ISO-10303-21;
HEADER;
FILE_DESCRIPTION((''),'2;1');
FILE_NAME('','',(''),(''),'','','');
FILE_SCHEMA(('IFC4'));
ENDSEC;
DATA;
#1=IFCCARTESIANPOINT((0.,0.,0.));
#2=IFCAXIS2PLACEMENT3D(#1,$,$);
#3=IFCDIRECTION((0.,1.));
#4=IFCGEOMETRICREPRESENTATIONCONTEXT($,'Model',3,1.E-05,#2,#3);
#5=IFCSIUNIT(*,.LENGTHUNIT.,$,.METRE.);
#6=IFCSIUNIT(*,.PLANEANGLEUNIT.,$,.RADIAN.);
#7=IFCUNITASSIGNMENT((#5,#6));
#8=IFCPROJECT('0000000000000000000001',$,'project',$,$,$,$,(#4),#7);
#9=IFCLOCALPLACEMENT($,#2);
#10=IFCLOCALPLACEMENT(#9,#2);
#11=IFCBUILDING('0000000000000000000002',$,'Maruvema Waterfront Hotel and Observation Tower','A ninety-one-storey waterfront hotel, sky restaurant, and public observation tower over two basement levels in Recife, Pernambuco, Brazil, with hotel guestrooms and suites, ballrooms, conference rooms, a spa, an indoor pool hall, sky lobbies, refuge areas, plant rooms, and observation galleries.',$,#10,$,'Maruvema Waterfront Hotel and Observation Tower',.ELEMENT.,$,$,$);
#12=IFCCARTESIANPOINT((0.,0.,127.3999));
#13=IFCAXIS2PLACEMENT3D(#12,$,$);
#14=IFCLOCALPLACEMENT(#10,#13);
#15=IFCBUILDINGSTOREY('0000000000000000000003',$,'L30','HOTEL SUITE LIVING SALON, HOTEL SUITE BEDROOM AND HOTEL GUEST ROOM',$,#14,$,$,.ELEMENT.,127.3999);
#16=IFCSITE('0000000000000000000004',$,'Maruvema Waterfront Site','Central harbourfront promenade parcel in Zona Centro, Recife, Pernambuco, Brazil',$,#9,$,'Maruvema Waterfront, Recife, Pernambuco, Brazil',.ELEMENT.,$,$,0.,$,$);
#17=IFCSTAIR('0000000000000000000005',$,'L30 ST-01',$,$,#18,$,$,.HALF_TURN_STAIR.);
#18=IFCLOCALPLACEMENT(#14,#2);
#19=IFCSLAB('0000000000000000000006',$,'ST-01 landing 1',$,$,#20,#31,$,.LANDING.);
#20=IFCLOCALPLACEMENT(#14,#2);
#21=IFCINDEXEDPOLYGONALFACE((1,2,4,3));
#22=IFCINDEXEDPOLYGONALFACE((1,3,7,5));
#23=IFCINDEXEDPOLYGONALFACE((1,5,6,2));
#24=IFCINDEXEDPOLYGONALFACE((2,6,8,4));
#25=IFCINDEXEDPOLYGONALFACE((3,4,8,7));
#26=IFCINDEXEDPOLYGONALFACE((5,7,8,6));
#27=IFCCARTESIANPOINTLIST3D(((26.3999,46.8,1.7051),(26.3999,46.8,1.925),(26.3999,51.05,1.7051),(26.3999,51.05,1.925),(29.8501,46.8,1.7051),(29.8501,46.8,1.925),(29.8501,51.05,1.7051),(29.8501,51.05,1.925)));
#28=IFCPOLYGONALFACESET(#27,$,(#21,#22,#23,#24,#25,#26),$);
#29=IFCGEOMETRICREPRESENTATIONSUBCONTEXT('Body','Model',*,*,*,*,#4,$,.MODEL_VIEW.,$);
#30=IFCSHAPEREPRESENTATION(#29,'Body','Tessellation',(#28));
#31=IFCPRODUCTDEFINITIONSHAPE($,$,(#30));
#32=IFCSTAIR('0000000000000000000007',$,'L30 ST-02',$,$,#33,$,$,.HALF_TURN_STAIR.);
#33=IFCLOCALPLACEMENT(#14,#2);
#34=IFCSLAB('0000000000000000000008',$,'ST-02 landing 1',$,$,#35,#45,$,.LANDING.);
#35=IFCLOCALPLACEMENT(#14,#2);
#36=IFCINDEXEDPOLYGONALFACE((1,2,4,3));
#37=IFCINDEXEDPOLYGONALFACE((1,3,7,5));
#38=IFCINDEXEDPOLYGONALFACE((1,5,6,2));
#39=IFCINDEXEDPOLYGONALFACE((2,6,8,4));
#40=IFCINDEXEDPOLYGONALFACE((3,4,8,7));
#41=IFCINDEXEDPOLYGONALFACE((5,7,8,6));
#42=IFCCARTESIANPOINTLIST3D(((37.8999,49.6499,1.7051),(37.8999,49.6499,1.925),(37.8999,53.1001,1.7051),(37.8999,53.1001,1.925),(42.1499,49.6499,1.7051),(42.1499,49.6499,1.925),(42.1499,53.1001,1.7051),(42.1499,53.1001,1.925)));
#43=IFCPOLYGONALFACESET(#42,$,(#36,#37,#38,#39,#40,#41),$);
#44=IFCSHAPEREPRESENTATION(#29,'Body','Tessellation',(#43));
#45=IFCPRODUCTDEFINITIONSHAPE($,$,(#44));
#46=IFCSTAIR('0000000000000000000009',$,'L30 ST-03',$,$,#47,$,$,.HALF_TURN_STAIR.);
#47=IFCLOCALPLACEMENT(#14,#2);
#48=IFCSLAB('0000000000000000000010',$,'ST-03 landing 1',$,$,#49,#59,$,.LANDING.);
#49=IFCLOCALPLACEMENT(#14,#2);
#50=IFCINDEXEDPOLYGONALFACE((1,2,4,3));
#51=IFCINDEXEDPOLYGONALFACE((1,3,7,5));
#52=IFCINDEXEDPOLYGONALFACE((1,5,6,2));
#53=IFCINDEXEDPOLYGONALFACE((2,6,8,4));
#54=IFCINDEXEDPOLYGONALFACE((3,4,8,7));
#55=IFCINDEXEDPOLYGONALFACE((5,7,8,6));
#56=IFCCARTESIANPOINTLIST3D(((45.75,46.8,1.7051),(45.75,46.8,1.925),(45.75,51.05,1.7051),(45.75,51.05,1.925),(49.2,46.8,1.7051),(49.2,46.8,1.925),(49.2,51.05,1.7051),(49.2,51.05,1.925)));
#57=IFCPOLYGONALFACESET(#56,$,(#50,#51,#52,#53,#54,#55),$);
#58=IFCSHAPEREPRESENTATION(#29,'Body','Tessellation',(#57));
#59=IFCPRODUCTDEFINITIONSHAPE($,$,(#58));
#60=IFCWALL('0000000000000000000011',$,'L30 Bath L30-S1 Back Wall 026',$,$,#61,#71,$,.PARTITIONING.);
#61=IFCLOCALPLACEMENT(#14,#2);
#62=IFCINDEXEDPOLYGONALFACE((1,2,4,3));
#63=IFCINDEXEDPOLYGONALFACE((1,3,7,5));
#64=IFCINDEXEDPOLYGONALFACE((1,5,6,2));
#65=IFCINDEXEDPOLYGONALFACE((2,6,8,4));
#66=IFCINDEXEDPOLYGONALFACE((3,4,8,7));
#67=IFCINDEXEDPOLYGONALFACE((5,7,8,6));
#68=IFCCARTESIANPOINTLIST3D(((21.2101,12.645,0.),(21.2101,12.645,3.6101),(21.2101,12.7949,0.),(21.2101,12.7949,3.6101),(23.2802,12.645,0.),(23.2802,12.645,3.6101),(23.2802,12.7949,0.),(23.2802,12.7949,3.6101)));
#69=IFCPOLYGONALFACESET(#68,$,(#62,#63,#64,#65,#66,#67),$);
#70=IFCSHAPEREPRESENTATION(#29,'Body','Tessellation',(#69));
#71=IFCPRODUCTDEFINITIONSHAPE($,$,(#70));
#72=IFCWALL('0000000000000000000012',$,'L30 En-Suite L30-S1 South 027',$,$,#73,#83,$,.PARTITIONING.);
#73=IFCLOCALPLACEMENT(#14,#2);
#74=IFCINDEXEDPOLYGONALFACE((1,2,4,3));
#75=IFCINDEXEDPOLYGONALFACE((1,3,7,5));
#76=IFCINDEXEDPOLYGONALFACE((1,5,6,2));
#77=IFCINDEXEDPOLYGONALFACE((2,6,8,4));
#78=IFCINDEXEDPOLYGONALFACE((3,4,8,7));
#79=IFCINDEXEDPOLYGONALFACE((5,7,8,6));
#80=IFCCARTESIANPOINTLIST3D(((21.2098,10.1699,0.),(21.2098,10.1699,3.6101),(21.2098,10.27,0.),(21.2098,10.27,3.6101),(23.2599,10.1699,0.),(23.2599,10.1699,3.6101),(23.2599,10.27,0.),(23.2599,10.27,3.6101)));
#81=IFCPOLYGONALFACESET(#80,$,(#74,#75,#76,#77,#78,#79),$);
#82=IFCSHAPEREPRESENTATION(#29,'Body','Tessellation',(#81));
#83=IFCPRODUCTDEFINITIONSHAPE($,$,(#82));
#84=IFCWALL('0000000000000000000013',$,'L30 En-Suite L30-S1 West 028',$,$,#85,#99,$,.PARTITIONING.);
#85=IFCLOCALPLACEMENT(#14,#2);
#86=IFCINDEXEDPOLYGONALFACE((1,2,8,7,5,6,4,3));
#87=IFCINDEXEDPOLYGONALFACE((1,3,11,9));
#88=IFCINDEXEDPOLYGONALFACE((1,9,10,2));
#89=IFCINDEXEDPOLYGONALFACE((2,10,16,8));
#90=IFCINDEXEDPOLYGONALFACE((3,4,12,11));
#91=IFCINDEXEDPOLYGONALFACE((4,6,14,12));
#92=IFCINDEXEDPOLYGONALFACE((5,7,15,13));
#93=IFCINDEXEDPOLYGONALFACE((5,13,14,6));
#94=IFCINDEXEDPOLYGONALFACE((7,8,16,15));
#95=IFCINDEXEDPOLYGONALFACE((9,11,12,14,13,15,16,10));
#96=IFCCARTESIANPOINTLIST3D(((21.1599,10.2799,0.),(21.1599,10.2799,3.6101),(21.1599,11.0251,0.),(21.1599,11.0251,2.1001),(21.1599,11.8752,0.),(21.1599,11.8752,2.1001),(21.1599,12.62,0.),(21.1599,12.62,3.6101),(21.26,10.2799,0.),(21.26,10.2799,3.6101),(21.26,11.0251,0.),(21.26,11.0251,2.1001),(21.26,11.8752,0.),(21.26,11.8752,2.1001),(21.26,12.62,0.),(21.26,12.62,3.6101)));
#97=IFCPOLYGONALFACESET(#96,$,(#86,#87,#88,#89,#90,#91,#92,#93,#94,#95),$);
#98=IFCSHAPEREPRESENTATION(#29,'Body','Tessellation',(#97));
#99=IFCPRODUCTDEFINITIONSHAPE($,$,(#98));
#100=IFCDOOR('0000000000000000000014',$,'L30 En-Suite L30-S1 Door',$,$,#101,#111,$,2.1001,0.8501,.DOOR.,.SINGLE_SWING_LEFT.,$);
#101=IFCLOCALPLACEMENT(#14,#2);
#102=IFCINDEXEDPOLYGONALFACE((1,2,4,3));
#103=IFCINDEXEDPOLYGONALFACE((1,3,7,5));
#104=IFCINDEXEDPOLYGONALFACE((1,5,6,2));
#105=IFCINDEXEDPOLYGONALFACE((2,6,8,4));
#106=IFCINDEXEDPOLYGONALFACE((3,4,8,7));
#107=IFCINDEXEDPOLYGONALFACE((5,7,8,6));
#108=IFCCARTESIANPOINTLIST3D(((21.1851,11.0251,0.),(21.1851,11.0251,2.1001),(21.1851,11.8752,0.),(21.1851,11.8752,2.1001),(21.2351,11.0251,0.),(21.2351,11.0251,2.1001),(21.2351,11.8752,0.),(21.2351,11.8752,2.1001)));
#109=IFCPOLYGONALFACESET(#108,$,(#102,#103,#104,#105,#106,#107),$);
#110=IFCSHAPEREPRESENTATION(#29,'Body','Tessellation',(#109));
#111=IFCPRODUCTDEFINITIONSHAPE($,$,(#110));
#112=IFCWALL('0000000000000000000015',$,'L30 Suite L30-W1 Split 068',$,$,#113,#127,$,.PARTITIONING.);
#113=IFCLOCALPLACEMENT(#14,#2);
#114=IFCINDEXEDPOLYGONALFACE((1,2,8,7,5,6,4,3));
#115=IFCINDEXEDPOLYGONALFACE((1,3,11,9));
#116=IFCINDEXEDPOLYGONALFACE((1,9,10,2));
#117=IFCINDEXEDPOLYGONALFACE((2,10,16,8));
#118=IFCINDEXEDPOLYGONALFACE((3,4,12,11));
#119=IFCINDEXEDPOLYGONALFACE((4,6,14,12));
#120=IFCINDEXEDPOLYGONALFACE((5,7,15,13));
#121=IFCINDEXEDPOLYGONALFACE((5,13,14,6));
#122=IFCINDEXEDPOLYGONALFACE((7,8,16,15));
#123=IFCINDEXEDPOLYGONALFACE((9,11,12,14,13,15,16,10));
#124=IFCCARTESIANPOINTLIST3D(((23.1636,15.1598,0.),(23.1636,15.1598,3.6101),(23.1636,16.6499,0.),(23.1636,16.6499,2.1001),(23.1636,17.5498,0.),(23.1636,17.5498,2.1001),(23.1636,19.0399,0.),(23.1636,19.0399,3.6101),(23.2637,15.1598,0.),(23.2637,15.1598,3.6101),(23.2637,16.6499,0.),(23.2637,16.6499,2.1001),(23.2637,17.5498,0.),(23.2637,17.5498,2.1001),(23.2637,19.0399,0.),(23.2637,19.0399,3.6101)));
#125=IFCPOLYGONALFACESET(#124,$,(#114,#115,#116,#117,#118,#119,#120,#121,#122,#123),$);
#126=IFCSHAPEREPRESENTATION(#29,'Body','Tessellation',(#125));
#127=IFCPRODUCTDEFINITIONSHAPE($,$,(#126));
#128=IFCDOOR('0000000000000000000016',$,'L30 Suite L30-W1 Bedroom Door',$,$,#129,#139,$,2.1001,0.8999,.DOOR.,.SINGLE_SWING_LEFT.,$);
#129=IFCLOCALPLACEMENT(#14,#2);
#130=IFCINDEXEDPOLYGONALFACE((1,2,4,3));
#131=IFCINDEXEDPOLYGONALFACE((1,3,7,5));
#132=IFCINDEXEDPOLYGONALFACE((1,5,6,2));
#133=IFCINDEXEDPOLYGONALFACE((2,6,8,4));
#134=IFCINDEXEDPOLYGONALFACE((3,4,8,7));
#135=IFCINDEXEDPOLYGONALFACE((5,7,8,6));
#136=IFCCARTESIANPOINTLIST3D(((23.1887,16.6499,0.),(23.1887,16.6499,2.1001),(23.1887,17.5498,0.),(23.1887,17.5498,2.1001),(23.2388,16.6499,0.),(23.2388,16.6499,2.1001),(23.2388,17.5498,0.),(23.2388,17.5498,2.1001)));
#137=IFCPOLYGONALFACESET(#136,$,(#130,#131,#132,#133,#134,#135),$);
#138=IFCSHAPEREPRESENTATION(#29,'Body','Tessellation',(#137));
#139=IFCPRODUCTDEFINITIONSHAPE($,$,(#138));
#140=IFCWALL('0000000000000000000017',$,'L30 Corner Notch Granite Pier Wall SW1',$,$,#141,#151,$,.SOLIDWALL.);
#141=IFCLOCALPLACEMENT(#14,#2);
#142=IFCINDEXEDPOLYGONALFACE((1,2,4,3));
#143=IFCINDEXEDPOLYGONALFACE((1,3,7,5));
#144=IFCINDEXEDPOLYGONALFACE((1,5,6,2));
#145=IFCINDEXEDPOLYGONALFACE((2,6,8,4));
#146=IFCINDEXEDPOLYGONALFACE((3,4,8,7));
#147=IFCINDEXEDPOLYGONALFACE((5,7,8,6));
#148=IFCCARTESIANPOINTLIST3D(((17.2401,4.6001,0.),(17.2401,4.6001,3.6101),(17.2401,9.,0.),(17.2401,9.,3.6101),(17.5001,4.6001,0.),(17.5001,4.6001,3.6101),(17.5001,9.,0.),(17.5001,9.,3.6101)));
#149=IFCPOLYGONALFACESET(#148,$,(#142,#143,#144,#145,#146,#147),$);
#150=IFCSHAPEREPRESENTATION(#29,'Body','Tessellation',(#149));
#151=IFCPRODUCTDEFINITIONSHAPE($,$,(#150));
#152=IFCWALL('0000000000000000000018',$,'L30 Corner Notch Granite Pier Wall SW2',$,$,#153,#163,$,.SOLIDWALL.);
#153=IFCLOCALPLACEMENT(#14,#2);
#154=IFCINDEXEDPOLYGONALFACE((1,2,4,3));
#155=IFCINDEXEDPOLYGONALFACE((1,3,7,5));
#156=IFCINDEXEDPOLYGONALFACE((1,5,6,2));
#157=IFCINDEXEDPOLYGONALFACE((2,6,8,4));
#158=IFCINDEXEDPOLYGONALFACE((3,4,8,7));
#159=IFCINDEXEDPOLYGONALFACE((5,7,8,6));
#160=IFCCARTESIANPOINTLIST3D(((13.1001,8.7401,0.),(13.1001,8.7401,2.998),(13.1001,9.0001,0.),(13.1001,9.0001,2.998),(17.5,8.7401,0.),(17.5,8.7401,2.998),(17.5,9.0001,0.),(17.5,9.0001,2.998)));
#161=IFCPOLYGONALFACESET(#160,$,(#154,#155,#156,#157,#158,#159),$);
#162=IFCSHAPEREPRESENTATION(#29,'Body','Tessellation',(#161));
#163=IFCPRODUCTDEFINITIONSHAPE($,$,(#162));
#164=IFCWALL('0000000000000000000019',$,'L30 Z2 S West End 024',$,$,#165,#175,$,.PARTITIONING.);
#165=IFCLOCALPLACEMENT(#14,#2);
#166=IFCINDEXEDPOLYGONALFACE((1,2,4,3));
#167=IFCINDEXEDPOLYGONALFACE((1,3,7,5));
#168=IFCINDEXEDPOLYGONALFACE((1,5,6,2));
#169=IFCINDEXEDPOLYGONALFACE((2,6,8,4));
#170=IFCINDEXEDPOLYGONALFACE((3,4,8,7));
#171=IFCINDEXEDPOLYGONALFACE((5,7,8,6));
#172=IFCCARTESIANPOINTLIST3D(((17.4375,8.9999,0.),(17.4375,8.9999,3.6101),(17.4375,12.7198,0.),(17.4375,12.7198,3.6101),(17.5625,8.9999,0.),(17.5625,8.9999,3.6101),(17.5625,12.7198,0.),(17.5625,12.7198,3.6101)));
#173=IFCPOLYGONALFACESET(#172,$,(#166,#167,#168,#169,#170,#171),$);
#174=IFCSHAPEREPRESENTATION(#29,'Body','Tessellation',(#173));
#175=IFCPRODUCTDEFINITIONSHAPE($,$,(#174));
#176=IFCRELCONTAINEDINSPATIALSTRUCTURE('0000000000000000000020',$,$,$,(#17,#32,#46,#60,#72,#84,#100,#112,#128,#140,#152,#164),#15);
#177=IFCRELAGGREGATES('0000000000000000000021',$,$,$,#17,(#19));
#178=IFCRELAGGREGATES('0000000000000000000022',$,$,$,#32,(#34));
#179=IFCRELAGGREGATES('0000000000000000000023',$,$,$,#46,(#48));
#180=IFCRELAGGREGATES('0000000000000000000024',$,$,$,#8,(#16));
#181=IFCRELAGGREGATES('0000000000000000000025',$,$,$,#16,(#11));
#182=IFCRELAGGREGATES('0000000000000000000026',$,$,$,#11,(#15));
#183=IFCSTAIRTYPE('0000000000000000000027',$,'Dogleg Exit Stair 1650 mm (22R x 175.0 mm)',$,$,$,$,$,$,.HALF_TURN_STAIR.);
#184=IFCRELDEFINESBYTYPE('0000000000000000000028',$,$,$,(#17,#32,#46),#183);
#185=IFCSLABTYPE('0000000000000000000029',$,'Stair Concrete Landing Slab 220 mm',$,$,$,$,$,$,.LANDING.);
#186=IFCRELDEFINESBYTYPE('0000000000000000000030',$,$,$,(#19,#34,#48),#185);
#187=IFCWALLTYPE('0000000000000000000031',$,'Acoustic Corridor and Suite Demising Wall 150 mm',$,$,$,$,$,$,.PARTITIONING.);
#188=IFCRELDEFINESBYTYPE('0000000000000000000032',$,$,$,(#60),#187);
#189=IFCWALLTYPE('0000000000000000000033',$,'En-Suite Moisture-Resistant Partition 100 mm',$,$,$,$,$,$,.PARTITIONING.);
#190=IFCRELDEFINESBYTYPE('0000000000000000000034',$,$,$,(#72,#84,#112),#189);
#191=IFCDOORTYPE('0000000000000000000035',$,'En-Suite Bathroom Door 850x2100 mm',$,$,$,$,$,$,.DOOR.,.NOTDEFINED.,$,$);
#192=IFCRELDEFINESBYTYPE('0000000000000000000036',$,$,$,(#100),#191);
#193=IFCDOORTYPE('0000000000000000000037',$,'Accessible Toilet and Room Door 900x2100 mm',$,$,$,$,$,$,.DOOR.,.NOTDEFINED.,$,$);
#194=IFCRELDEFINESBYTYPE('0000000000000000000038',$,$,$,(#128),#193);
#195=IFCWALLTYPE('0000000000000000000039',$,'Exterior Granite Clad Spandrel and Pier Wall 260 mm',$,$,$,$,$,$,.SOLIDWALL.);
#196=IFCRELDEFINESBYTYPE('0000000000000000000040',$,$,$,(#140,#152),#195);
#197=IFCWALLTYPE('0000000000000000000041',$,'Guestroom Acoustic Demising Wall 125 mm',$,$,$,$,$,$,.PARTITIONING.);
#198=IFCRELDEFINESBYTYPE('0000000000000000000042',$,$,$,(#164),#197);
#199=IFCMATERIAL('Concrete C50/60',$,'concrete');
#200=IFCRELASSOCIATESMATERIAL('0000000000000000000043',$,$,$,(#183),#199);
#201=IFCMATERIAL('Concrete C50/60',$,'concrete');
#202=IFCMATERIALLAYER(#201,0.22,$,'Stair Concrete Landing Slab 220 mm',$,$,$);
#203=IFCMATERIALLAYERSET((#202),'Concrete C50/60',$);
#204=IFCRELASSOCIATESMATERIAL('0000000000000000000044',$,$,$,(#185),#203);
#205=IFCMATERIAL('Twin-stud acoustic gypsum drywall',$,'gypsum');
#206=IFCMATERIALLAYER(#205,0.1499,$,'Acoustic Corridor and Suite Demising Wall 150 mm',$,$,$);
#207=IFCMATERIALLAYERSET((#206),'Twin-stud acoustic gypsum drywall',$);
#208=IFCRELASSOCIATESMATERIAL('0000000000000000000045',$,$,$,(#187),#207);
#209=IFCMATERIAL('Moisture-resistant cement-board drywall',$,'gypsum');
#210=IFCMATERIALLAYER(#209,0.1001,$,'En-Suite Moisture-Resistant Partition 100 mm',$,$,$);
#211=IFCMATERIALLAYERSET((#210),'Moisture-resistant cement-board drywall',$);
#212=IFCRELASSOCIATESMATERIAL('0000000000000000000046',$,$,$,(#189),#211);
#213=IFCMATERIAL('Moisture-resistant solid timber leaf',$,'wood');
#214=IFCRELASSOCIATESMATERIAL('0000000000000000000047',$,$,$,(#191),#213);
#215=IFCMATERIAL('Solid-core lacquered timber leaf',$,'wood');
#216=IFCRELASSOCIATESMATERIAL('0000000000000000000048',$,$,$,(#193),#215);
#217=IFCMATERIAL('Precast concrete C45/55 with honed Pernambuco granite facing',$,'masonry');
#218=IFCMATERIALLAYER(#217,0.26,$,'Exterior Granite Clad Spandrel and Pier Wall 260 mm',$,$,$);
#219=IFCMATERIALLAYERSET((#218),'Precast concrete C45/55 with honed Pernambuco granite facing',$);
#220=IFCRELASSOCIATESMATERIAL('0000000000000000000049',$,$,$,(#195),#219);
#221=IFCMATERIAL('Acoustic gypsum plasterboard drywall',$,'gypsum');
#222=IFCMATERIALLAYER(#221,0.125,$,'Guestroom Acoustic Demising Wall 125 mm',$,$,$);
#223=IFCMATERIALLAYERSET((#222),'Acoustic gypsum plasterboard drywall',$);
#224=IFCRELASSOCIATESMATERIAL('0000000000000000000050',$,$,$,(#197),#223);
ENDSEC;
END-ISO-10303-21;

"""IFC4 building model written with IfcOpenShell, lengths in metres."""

from ifc_helpers import new_model, si_unit, direction, frame, frame_2d, origin, place, context, subcontext, project, spatial, polyline, rectangle, outline, extrude, material, layer, layer_set, type_object, element, fill, aggregate, save


model = new_model("IFC4")

# Units and contexts
model_context = context("Model", 3, precision=1e-05, world=origin(), true_north=direction((0.0, 1.0)))
body_context = subcontext(model_context, "Body", "Model", "MODEL_VIEW")
ifc_project = project(units=[si_unit("LENGTHUNIT", "METRE"), si_unit("PLANEANGLEUNIT", "RADIAN")], contexts=[model_context])

# Site, building, storey
site_placement = place(None, origin())
site = spatial("IfcSite", under=ifc_project, at=site_placement, Name="Maruvema Waterfront Site", Description="Central harbourfront promenade parcel in Zona Centro, Recife, Pernambuco, Brazil", LongName="Maruvema Waterfront, Recife, Pernambuco, Brazil", CompositionType="ELEMENT", RefElevation=0.0)
building_placement = place(site_placement, origin())
building = spatial("IfcBuilding", under=site, at=building_placement, Name="Maruvema Waterfront Hotel and Observation Tower", Description="A ninety-one-storey waterfront hotel, sky restaurant, and public observation tower over two basement levels in Recife, Pernambuco, Brazil, with hotel guestrooms and suites, ballrooms, conference rooms, a spa, an indoor pool hall, sky lobbies, refuge areas, plant rooms, and observation galleries.", LongName="Maruvema Waterfront Hotel and Observation Tower", CompositionType="ELEMENT")
storey_placement = place(building_placement, frame((0.0, 0.0, 127.3999)))
storey = spatial("IfcBuildingStorey", under=building, at=storey_placement, Name="L30", Description="HOTEL SUITE LIVING SALON, HOTEL SUITE BEDROOM AND HOTEL GUEST ROOM", CompositionType="ELEMENT", Elevation=127.3999)

# Stairs, slabs
ifc_material_1 = material(Name="Concrete C50/60", Category="concrete")
stair_type = type_object("IfcStairType", Name="Dogleg Exit Stair 1650 mm (22R x 175.0 mm)", PredefinedType="HALF_TURN_STAIR", material=ifc_material_1)
stair_1_placement = place(storey_placement, origin())
stair_1 = element("IfcStair", 1, at=stair_1_placement, inside=storey, type_object=stair_type, Name="L30 ST-01", PredefinedType="HALF_TURN_STAIR")
ifc_material_2 = material(Name="Concrete C50/60", Category="concrete")
ifc_layer_1 = layer(ifc_material_2, 0.22, Name="Stair Concrete Landing Slab 220 mm")
ifc_layer_set_1 = layer_set([ifc_layer_1], Name="Concrete C50/60")
slab_type_1 = type_object("IfcSlabType", Name="Stair Concrete Landing Slab 220 mm", PredefinedType="LANDING", material=ifc_layer_set_1)
slab_1_placement = place(storey_placement, frame((0.0, 0.0, 1.7051)))
slab_1 = element("IfcSlab", 2, at=slab_1_placement, type_object=slab_type_1, Name="ST-01 landing 1", PredefinedType="LANDING", context=body_context, shape_type="SweptSolid", body=[
    extrude(outline(polyline([(29.8501, 46.8), (29.8501, 51.05), (26.3999, 51.05), (26.3999, 46.8), (29.8501, 46.8)])), origin(), (0.0, 0.0, 1.0), 0.22),
])
aggregate(stair_1, [slab_1])
stair_2_placement = place(storey_placement, origin())
stair_2 = element("IfcStair", 3, at=stair_2_placement, inside=storey, type_object=stair_type, Name="L30 ST-02", PredefinedType="HALF_TURN_STAIR")
slab_2_placement = place(storey_placement, frame((0.0, 0.0, 1.7051)))
slab_2 = element("IfcSlab", 4, at=slab_2_placement, type_object=slab_type_1, Name="ST-02 landing 1", PredefinedType="LANDING", context=body_context, shape_type="SweptSolid", body=[
    extrude(outline(polyline([(37.8999, 49.6499), (42.1499, 49.6499), (42.1499, 53.1001), (37.8999, 53.1001), (37.8999, 49.6499)])), origin(), (0.0, 0.0, 1.0), 0.22),
])
aggregate(stair_2, [slab_2])
stair_3_placement = place(storey_placement, origin())
stair_3 = element("IfcStair", 5, at=stair_3_placement, inside=storey, type_object=stair_type, Name="L30 ST-03", PredefinedType="HALF_TURN_STAIR")
slab_3_placement = place(storey_placement, frame((0.0, 0.0, 1.7051)))
slab_3 = element("IfcSlab", 6, at=slab_3_placement, type_object=slab_type_1, Name="ST-03 landing 1", PredefinedType="LANDING", context=body_context, shape_type="SweptSolid", body=[
    extrude(outline(polyline([(49.2, 46.8), (49.2, 51.05), (45.75, 51.05), (45.75, 46.8), (49.2, 46.8)])), origin(), (0.0, 0.0, 1.0), 0.22),
])
aggregate(stair_3, [slab_3])

# Wall
ifc_material_3 = material(Name="Twin-stud acoustic gypsum drywall", Category="gypsum")
ifc_layer_2 = layer(ifc_material_3, 0.1499, Name="Acoustic Corridor and Suite Demising Wall 150 mm")
ifc_layer_set_2 = layer_set([ifc_layer_2], Name="Twin-stud acoustic gypsum drywall")
wall_type_1 = type_object("IfcWallType", Name="Acoustic Corridor and Suite Demising Wall 150 mm", PredefinedType="PARTITIONING", material=ifc_layer_set_2)
wall_1_placement = place(storey_placement, frame((21.21, 12.72, 0.0), z_axis=(0.0, 0.0, 1.0), x_axis=(1.0, 0.0, 0.0)))
element("IfcWall", 7, at=wall_1_placement, inside=storey, type_object=wall_type_1, Name="L30 Bath L30-S1 Back Wall 026", PredefinedType="PARTITIONING", context=body_context, shape_type="SweptSolid", body=[
    extrude(rectangle(XDim=2.0701, YDim=0.1499, at=frame_2d((1.0352, 0.0))), origin(), (0.0, 0.0, 1.0), 3.6101),
])

# Wall
ifc_material_4 = material(Name="Moisture-resistant cement-board drywall", Category="gypsum")
ifc_layer_3 = layer(ifc_material_4, 0.1001, Name="En-Suite Moisture-Resistant Partition 100 mm")
ifc_layer_set_3 = layer_set([ifc_layer_3], Name="Moisture-resistant cement-board drywall")
wall_type_2 = type_object("IfcWallType", Name="En-Suite Moisture-Resistant Partition 100 mm", PredefinedType="PARTITIONING", material=ifc_layer_set_3)
wall_2_placement = place(storey_placement, frame((21.21, 10.22, 0.0), z_axis=(0.0, 0.0, 1.0), x_axis=(1.0, 0.0, 0.0)))
element("IfcWall", 8, at=wall_2_placement, inside=storey, type_object=wall_type_2, Name="L30 En-Suite L30-S1 South 027", PredefinedType="PARTITIONING", context=body_context, shape_type="SweptSolid", body=[
    extrude(rectangle(XDim=2.05, YDim=0.1001, at=frame_2d((1.0249, 0.0))), origin(), (0.0, 0.0, 1.0), 3.6101),
])

# Walls, openings, doors
wall_3_placement = place(storey_placement, frame((21.21, 10.28, 0.0), z_axis=(0.0, 0.0, 1.0), x_axis=(0.0, 1.0, 0.0)))
wall_3 = element("IfcWall", 9, at=wall_3_placement, inside=storey, type_object=wall_type_2, Name="L30 En-Suite L30-S1 West 028", PredefinedType="PARTITIONING", context=body_context, shape_type="SweptSolid", body=[
    extrude(rectangle(XDim=2.3401, YDim=0.1001, at=frame_2d((1.1699, 0.0))), origin(), (0.0, 0.0, 1.0), 3.6101),
])
opening_1_placement = place(wall_3_placement, frame((0.7451, 0.0, 0.0)))
opening_1 = element("IfcOpeningElement", 10, at=opening_1_placement, cuts=wall_3, PredefinedType="OPENING", context=body_context, shape_type="SweptSolid", body=[
    extrude(rectangle(XDim=0.8501, YDim=2.1001, at=frame_2d((0.425, 1.05))), frame((0.0, 0.0601, 0.0), z_axis=(0.0, -1.0, 0.0), x_axis=(1.0, 0.0, 0.0)), (0.0, 0.0, 1.0), 0.1201),
])
ifc_material_5 = material(Name="Moisture-resistant solid timber leaf", Category="wood")
door_type_1 = type_object("IfcDoorType", Name="En-Suite Bathroom Door 850x2100 mm", OperationType="NOTDEFINED", PredefinedType="DOOR", material=ifc_material_5)
door_1_placement = place(opening_1_placement, origin())
door_1 = element("IfcDoor", 11, at=door_1_placement, inside=storey, type_object=door_type_1, Name="L30 En-Suite L30-S1 Door", OperationType="SINGLE_SWING_LEFT", OverallHeight=2.1001, OverallWidth=0.8501, PredefinedType="DOOR", context=body_context, shape_type="SweptSolid", body=[
    extrude(rectangle(XDim=0.8501, YDim=2.1001, at=frame_2d((0.425, 1.05))), frame((0.0, 0.0249, 0.0), z_axis=(0.0, -1.0, 0.0), x_axis=(1.0, 0.0, 0.0)), (0.0, 0.0, 1.0), 0.05),
])
fill(opening_1, door_1)
wall_4_placement = place(storey_placement, frame((23.2136, 15.1599, 0.0), z_axis=(0.0, 0.0, 1.0), x_axis=(0.0, 1.0, 0.0)))
wall_4 = element("IfcWall", 12, at=wall_4_placement, inside=storey, type_object=wall_type_2, Name="L30 Suite L30-W1 Split 068", PredefinedType="PARTITIONING", context=body_context, shape_type="SweptSolid", body=[
    extrude(rectangle(XDim=3.8801, YDim=0.1001, at=frame_2d((1.9399, 0.0))), origin(), (0.0, 0.0, 1.0), 3.6101),
])
opening_2_placement = place(wall_4_placement, frame((1.49, 0.0, 0.0)))
opening_2 = element("IfcOpeningElement", 13, at=opening_2_placement, cuts=wall_4, PredefinedType="OPENING", context=body_context, shape_type="SweptSolid", body=[
    extrude(rectangle(XDim=0.8999, YDim=2.1001, at=frame_2d((0.45, 1.05))), frame((0.0, 0.0601, 0.0), z_axis=(0.0, -1.0, 0.0), x_axis=(1.0, 0.0, 0.0)), (0.0, 0.0, 1.0), 0.1201),
])
ifc_material_6 = material(Name="Solid-core lacquered timber leaf", Category="wood")
door_type_2 = type_object("IfcDoorType", Name="Accessible Toilet and Room Door 900x2100 mm", OperationType="NOTDEFINED", PredefinedType="DOOR", material=ifc_material_6)
door_2_placement = place(opening_2_placement, origin())
door_2 = element("IfcDoor", 14, at=door_2_placement, inside=storey, type_object=door_type_2, Name="L30 Suite L30-W1 Bedroom Door", OperationType="SINGLE_SWING_LEFT", OverallHeight=2.1001, OverallWidth=0.8999, PredefinedType="DOOR", context=body_context, shape_type="SweptSolid", body=[
    extrude(rectangle(XDim=0.8999, YDim=2.1001, at=frame_2d((0.45, 1.05))), frame((0.0, 0.0249, 0.0), z_axis=(0.0, -1.0, 0.0), x_axis=(1.0, 0.0, 0.0)), (0.0, 0.0, 1.0), 0.05),
])
fill(opening_2, door_2)

# Walls
ifc_material_7 = material(Name="Precast concrete C45/55 with honed Pernambuco granite facing", Category="masonry")
ifc_layer_4 = layer(ifc_material_7, 0.26, Name="Exterior Granite Clad Spandrel and Pier Wall 260 mm")
ifc_layer_set_4 = layer_set([ifc_layer_4], Name="Precast concrete C45/55 with honed Pernambuco granite facing")
wall_type_3 = type_object("IfcWallType", Name="Exterior Granite Clad Spandrel and Pier Wall 260 mm", PredefinedType="SOLIDWALL", material=ifc_layer_set_4)
wall_5_placement = place(storey_placement, frame((17.3701, 4.6001, 0.0), z_axis=(0.0, 0.0, 1.0), x_axis=(0.0, 1.0, 0.0)))
element("IfcWall", 15, at=wall_5_placement, inside=storey, type_object=wall_type_3, Name="L30 Corner Notch Granite Pier Wall SW1", PredefinedType="SOLIDWALL", context=body_context, shape_type="SweptSolid", body=[
    extrude(rectangle(XDim=4.3999, YDim=0.26, at=frame_2d((2.2, 0.0))), origin(), (0.0, 0.0, 1.0), 3.6101),
])
wall_6_placement = place(storey_placement, frame((17.5, 8.8701, 0.0), z_axis=(0.0, 0.0, 1.0), x_axis=(-1.0, 0.0, 0.0)))
element("IfcWall", 16, at=wall_6_placement, inside=storey, type_object=wall_type_3, Name="L30 Corner Notch Granite Pier Wall SW2", PredefinedType="SOLIDWALL", context=body_context, shape_type="SweptSolid", body=[
    extrude(rectangle(XDim=4.3999, YDim=0.26, at=frame_2d((2.2, 0.0))), origin(), (0.0, 0.0, 1.0), 2.998),
])
ifc_material_8 = material(Name="Acoustic gypsum plasterboard drywall", Category="gypsum")
ifc_layer_5 = layer(ifc_material_8, 0.125, Name="Guestroom Acoustic Demising Wall 125 mm")
ifc_layer_set_5 = layer_set([ifc_layer_5], Name="Acoustic gypsum plasterboard drywall")
wall_type_4 = type_object("IfcWallType", Name="Guestroom Acoustic Demising Wall 125 mm", PredefinedType="PARTITIONING", material=ifc_layer_set_5)
wall_7_placement = place(storey_placement, frame((17.5, 9.0, 0.0), z_axis=(0.0, 0.0, 1.0), x_axis=(0.0, 1.0, 0.0)))
element("IfcWall", 17, at=wall_7_placement, inside=storey, type_object=wall_type_4, Name="L30 Z2 S West End 024", PredefinedType="PARTITIONING", context=body_context, shape_type="SweptSolid", body=[
    extrude(rectangle(XDim=3.72, YDim=0.125, at=frame_2d((1.8599, 0.0))), origin(), (0.0, 0.0, 1.0), 3.6101),
])

save(model, "model.ifc")
